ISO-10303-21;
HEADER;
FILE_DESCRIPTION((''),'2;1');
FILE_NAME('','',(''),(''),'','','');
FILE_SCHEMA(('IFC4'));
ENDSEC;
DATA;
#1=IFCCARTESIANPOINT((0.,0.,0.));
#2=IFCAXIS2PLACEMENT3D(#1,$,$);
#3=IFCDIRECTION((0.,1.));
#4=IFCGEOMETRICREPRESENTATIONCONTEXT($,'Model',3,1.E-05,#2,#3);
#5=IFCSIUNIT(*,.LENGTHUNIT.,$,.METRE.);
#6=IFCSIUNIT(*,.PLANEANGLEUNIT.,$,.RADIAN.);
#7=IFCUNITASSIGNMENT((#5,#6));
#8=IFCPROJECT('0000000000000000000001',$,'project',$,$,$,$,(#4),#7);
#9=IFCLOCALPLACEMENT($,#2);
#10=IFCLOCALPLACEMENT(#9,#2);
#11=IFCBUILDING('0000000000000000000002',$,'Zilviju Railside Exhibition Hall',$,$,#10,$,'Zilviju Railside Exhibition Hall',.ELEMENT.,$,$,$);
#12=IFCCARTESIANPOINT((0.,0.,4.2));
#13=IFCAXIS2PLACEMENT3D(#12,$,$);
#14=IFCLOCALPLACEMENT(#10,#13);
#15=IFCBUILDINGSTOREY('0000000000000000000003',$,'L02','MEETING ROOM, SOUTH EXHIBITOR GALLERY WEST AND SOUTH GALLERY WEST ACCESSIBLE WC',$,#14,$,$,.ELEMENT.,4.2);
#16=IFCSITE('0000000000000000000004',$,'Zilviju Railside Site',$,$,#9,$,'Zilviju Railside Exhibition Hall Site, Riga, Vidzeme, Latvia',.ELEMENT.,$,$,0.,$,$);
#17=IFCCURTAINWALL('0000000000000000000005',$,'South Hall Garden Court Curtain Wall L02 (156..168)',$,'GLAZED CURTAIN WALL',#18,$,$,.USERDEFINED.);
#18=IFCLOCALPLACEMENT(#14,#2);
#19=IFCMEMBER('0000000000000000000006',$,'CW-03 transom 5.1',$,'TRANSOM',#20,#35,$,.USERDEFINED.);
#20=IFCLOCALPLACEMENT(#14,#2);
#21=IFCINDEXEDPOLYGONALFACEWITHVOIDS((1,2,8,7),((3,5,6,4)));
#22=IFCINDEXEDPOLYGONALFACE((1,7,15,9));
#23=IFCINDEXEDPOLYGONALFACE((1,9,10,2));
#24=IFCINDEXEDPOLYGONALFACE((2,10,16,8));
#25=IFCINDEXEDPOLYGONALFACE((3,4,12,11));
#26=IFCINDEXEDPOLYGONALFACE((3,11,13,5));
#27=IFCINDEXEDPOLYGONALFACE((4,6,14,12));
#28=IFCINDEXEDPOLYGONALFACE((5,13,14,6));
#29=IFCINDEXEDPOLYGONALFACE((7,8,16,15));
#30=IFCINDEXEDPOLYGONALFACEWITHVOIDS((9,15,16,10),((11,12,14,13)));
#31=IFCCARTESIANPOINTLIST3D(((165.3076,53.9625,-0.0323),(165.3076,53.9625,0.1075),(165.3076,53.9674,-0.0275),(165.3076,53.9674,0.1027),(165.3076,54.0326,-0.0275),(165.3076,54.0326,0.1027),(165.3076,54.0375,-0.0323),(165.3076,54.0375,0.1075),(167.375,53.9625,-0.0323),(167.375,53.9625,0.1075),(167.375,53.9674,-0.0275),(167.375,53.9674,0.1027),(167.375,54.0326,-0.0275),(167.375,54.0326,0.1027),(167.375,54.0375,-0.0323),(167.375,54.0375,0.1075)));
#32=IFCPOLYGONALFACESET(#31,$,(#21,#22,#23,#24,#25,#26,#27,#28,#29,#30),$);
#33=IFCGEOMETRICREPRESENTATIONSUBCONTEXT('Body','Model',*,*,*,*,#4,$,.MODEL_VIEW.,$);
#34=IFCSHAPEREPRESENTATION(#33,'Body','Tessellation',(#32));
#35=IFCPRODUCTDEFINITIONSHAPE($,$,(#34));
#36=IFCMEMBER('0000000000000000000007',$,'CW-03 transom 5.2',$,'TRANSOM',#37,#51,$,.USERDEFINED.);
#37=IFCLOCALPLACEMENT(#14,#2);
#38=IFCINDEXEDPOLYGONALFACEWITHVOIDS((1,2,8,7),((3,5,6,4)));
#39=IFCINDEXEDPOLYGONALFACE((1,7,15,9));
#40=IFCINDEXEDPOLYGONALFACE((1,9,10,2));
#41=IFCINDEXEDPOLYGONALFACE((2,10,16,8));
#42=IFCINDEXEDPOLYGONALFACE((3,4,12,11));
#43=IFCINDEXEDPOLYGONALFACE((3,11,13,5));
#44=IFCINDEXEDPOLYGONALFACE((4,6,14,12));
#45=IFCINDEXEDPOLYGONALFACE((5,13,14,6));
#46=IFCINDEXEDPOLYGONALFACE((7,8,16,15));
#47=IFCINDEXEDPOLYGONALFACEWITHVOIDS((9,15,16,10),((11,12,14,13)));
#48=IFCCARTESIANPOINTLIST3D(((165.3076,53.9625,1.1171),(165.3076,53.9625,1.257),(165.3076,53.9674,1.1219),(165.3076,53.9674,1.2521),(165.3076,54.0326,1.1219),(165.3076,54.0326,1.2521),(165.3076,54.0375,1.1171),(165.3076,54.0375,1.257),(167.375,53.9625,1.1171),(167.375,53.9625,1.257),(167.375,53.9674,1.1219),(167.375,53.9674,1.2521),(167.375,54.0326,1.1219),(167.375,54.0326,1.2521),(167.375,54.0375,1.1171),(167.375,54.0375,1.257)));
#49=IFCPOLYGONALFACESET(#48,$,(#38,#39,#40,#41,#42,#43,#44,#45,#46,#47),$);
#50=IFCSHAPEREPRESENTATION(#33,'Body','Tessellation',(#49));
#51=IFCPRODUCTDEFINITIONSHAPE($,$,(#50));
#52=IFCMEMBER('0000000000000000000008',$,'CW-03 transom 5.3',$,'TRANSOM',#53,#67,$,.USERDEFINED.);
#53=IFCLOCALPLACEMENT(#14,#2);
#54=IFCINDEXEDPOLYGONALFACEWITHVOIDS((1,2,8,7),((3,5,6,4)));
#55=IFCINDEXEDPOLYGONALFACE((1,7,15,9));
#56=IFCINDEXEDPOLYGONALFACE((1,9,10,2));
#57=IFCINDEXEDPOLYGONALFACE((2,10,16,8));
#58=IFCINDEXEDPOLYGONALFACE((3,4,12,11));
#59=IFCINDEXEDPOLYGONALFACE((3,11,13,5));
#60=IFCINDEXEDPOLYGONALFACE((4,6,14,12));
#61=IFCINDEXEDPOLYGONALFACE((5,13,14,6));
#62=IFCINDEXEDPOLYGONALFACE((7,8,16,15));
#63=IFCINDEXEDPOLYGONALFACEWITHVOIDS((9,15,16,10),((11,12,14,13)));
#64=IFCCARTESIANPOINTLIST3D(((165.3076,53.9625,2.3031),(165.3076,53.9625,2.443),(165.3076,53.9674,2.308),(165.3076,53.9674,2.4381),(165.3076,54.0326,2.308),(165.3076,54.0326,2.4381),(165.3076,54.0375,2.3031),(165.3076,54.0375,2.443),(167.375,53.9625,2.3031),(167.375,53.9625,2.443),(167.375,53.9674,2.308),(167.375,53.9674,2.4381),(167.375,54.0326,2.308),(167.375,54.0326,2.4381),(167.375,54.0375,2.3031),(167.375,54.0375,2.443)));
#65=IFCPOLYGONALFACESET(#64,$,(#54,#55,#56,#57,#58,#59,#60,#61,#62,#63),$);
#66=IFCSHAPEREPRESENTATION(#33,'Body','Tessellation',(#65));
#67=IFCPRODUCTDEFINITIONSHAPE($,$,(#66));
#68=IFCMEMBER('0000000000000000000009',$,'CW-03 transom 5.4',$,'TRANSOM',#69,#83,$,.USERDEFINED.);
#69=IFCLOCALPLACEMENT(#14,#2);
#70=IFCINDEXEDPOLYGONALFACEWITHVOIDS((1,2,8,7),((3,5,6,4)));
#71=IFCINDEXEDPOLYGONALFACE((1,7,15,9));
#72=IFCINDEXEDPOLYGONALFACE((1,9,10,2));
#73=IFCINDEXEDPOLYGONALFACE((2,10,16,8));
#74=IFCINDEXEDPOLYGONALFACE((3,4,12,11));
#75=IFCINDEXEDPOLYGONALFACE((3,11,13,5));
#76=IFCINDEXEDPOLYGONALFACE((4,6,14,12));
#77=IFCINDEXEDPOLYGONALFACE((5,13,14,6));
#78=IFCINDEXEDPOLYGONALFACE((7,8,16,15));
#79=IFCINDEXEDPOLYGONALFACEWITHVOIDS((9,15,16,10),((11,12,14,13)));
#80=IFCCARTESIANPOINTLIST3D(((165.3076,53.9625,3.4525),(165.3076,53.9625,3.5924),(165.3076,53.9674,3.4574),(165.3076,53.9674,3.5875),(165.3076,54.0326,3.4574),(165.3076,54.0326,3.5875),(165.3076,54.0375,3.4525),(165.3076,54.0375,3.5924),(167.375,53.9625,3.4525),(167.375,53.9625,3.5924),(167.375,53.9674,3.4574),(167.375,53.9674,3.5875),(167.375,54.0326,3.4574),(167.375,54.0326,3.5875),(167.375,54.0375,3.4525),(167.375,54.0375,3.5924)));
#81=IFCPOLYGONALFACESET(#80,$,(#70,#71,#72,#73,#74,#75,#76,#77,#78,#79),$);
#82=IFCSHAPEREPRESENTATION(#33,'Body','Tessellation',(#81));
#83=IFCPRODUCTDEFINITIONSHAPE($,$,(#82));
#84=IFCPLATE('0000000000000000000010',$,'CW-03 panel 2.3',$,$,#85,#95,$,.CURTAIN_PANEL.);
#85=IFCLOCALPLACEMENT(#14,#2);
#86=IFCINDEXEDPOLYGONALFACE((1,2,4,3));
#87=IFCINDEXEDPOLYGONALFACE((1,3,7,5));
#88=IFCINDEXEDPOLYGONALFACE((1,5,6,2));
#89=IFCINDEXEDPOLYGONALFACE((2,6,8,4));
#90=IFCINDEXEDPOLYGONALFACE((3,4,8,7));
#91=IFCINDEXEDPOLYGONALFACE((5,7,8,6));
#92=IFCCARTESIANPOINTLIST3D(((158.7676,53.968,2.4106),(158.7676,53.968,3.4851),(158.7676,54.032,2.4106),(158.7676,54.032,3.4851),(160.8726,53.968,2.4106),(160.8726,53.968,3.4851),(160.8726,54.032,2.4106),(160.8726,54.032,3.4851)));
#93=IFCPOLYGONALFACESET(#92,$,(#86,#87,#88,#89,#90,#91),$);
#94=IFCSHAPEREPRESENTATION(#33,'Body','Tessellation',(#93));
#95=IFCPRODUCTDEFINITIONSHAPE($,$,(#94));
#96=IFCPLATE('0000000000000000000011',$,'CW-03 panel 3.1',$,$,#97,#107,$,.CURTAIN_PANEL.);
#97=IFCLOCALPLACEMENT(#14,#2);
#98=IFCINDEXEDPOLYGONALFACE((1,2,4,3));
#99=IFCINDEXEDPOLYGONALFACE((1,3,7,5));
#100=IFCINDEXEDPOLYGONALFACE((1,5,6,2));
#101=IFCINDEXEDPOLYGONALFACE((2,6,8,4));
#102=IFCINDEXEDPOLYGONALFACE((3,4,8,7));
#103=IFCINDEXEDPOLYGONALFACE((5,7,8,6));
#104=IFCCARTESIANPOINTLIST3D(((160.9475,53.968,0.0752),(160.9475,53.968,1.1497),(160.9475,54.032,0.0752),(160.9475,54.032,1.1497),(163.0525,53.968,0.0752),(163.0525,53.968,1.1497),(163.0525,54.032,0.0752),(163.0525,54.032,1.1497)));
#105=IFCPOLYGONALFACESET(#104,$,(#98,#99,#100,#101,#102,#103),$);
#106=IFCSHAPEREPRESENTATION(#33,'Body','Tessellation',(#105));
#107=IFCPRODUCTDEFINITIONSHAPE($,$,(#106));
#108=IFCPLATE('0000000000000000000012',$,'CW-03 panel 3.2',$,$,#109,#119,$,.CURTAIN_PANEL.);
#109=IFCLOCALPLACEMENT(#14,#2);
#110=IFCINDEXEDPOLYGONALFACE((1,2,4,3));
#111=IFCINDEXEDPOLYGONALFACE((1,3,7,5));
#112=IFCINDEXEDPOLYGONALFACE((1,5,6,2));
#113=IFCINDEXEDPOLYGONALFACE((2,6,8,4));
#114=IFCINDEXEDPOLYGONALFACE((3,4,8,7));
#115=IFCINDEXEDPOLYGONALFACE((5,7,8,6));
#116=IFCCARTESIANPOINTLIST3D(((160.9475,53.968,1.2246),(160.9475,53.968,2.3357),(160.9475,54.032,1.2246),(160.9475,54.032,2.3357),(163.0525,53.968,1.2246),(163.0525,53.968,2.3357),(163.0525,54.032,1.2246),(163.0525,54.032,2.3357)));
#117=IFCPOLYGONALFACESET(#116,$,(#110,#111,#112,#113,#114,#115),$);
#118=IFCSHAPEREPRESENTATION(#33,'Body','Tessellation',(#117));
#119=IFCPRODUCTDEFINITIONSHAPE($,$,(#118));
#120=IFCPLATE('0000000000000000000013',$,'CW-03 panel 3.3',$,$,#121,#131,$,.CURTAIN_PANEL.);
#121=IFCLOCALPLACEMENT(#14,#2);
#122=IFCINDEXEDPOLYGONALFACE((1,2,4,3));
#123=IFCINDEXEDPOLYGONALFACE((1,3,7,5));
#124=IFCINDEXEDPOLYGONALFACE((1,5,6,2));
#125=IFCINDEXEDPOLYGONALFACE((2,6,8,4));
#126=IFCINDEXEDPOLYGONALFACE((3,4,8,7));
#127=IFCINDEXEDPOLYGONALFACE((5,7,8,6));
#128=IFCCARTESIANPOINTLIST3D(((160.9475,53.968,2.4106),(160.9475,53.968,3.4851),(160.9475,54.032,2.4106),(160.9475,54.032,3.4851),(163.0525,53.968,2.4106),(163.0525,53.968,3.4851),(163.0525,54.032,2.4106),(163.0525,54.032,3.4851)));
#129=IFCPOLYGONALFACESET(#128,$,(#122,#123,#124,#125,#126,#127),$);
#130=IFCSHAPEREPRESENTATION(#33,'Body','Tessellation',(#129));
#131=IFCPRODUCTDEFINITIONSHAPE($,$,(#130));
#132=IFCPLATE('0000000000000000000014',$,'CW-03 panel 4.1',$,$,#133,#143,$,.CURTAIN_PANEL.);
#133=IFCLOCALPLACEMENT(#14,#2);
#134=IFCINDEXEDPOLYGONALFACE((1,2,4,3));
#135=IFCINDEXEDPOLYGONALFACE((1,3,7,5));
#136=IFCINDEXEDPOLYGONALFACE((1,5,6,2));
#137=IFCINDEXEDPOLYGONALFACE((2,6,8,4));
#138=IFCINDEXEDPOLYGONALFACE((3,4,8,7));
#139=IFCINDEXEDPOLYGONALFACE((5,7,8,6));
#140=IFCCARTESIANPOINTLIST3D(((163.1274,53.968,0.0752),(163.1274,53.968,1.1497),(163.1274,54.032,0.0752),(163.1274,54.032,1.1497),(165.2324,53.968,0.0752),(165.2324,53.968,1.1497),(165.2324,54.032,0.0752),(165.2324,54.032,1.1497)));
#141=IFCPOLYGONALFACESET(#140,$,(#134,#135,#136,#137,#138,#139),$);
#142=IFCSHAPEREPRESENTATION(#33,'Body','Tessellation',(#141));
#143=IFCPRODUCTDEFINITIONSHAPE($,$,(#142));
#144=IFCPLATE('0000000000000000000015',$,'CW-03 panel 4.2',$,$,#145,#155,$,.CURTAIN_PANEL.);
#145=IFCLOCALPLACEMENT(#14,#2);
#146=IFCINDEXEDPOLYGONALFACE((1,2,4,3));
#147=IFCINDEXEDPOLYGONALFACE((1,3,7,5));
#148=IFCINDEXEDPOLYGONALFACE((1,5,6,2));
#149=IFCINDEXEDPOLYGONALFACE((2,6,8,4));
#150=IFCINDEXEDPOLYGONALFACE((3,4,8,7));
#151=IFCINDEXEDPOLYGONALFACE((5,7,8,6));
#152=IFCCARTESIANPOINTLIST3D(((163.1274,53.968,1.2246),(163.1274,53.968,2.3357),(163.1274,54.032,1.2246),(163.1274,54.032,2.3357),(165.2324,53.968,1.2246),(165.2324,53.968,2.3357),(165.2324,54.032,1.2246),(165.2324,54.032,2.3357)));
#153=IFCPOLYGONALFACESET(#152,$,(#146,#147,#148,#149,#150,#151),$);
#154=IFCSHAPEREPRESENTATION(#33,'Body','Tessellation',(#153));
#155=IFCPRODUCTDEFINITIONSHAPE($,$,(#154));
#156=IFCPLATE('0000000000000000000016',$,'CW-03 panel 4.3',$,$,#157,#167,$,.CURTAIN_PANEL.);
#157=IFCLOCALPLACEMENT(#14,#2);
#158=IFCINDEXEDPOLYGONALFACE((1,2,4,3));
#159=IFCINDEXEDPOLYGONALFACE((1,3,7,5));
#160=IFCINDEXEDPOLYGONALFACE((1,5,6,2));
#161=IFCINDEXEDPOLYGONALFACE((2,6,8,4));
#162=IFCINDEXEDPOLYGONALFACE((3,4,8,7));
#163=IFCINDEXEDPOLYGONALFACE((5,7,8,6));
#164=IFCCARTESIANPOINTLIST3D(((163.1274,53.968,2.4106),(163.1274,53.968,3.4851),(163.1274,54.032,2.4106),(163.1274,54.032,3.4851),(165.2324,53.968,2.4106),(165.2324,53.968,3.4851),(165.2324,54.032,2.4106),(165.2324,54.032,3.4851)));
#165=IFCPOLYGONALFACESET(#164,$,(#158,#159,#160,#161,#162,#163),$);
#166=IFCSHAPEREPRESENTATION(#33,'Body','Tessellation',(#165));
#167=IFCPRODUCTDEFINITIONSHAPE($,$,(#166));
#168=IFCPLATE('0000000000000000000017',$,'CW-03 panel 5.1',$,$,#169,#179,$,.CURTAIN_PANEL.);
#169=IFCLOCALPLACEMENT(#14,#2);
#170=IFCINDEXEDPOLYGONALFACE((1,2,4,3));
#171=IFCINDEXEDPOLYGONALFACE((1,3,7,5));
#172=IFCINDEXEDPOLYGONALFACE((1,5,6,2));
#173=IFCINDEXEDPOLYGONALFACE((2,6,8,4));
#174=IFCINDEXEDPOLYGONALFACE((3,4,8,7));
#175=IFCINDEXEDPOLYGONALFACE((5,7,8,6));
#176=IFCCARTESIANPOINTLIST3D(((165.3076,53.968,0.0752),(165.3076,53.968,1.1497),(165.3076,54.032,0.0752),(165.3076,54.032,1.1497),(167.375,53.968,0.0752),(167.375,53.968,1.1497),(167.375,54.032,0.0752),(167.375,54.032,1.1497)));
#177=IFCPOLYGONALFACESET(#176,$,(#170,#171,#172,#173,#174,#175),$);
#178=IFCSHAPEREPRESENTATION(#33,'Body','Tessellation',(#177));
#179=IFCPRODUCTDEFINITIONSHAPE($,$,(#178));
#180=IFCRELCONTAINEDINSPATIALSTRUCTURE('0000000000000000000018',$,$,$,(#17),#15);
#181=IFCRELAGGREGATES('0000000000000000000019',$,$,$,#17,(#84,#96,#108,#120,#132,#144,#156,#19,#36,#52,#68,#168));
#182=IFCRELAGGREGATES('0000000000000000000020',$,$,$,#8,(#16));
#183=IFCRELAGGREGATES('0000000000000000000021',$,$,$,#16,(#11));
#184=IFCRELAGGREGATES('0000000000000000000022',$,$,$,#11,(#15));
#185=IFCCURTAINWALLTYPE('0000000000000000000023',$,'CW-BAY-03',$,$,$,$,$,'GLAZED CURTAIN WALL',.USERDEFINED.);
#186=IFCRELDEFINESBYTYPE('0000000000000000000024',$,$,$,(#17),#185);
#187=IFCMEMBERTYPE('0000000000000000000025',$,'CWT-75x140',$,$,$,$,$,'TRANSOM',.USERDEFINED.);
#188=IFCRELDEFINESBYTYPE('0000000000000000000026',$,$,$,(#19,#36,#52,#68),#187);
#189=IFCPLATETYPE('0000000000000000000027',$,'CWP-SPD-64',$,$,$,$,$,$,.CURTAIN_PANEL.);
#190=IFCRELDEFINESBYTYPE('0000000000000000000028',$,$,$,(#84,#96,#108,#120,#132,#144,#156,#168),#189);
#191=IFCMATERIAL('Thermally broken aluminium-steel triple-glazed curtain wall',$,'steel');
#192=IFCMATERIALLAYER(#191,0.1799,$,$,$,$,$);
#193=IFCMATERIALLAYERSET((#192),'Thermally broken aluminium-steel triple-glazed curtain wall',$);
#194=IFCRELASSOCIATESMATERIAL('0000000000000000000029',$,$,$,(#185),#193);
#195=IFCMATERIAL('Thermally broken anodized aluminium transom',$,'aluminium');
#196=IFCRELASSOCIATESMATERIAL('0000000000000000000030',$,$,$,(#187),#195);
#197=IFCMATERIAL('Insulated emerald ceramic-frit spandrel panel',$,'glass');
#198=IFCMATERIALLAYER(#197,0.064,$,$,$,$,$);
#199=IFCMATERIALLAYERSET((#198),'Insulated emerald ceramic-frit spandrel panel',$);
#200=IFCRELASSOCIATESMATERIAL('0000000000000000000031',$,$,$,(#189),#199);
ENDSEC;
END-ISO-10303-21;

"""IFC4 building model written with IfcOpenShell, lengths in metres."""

from ifc_helpers import new_model, si_unit, direction, frame, origin, origin_2d, place, context, subcontext, project, spatial, rectangle, hollow_rectangle, extrude, material, layer, layer_set, material_profile, profile_set, type_object, element, aggregate, save


model = new_model("IFC4")

# Units and contexts
model_context = context("Model", 3, precision=1e-05, world=origin(), true_north=direction((0.0, 1.0)))
body_context = subcontext(model_context, "Body", "Model", "MODEL_VIEW")
ifc_project = project(units=[si_unit("LENGTHUNIT", "METRE"), si_unit("PLANEANGLEUNIT", "RADIAN")], contexts=[model_context])

# Site, building, storey
site_placement = place(None, origin())
site = spatial("IfcSite", under=ifc_project, at=site_placement, Name="Zilviju Railside Site", LongName="Zilviju Railside Exhibition Hall Site, Riga, Vidzeme, Latvia", CompositionType="ELEMENT", RefElevation=0.0)
building_placement = place(site_placement, origin())
building = spatial("IfcBuilding", under=site, at=building_placement, Name="Zilviju Railside Exhibition Hall", LongName="Zilviju Railside Exhibition Hall", CompositionType="ELEMENT")
storey_placement = place(building_placement, frame((0.0, 0.0, 4.2)))
storey = spatial("IfcBuildingStorey", under=building, at=storey_placement, Name="L02", Description="MEETING ROOM, SOUTH EXHIBITOR GALLERY WEST AND SOUTH GALLERY WEST ACCESSIBLE WC", CompositionType="ELEMENT", Elevation=4.2)

# Curtain wall, members, plates
ifc_material_1 = material(Name="Thermally broken aluminium-steel triple-glazed curtain wall", Category="steel")
ifc_layer_1 = layer(ifc_material_1, 0.1799)
ifc_layer_set_1 = layer_set([ifc_layer_1], Name="Thermally broken aluminium-steel triple-glazed curtain wall")
curtain_wall_type = type_object("IfcCurtainWallType", Name="CW-BAY-03", ElementType="GLAZED CURTAIN WALL", PredefinedType="USERDEFINED", material=ifc_layer_set_1)
curtain_wall_placement = place(storey_placement, origin())
curtain_wall = element("IfcCurtainWall", 1, at=curtain_wall_placement, inside=storey, type_object=curtain_wall_type, Name="South Hall Garden Court Curtain Wall L02 (156..168)", ObjectType="GLAZED CURTAIN WALL", PredefinedType="USERDEFINED")
ifc_material_2 = material(Name="Thermally broken anodized aluminium transom", Category="aluminium")
ifc_material_profile_1 = material_profile(ifc_material_2, hollow_rectangle(XDim=0.075, YDim=0.1399, WallThickness=0.0049, at=origin_2d()), Name="TRANSOM 140x75x5")
ifc_profile_set_1 = profile_set([ifc_material_profile_1], Name="Thermally broken anodized aluminium transom")
member_type_1 = type_object("IfcMemberType", Name="CWT-75x140", ElementType="TRANSOM", PredefinedType="USERDEFINED", material=ifc_profile_set_1)
member_1_placement = place(storey_placement, frame((165.3076, 54.0, 0.0376), z_axis=(1.0, 0.0, 0.0), x_axis=(0.0, 1.0, 0.0)))
member_1 = element("IfcMember", 2, at=member_1_placement, type_object=member_type_1, Name="CW-03 transom 5.1", ObjectType="TRANSOM", PredefinedType="USERDEFINED", context=body_context, shape_type="SweptSolid", body=[
    extrude(hollow_rectangle(XDim=0.075, YDim=0.1399, WallThickness=0.0049, at=origin_2d()), origin(), (0.0, 0.0, 1.0), 2.0674),
])
member_2_placement = place(storey_placement, frame((165.3076, 54.0, 1.187), z_axis=(1.0, 0.0, 0.0), x_axis=(0.0, 1.0, 0.0)))
member_2 = element("IfcMember", 3, at=member_2_placement, type_object=member_type_1, Name="CW-03 transom 5.2", ObjectType="TRANSOM", PredefinedType="USERDEFINED", context=body_context, shape_type="SweptSolid", body=[
    extrude(hollow_rectangle(XDim=0.075, YDim=0.1399, WallThickness=0.0049, at=origin_2d()), origin(), (0.0, 0.0, 1.0), 2.0674),
])
member_3_placement = place(storey_placement, frame((165.3076, 54.0, 2.373), z_axis=(1.0, 0.0, 0.0), x_axis=(0.0, 1.0, 0.0)))
member_3 = element("IfcMember", 4, at=member_3_placement, type_object=member_type_1, Name="CW-03 transom 5.3", ObjectType="TRANSOM", PredefinedType="USERDEFINED", context=body_context, shape_type="SweptSolid", body=[
    extrude(hollow_rectangle(XDim=0.075, YDim=0.1399, WallThickness=0.0049, at=origin_2d()), origin(), (0.0, 0.0, 1.0), 2.0674),
])
member_4_placement = place(storey_placement, frame((165.3076, 54.0, 3.5225), z_axis=(1.0, 0.0, 0.0), x_axis=(0.0, 1.0, 0.0)))
member_4 = element("IfcMember", 5, at=member_4_placement, type_object=member_type_1, Name="CW-03 transom 5.4", ObjectType="TRANSOM", PredefinedType="USERDEFINED", context=body_context, shape_type="SweptSolid", body=[
    extrude(hollow_rectangle(XDim=0.075, YDim=0.1399, WallThickness=0.0049, at=origin_2d()), origin(), (0.0, 0.0, 1.0), 2.0674),
])
ifc_material_3 = material(Name="Insulated emerald ceramic-frit spandrel panel", Category="glass")
ifc_layer_2 = layer(ifc_material_3, 0.064)
ifc_layer_set_2 = layer_set([ifc_layer_2], Name="Insulated emerald ceramic-frit spandrel panel")
plate_type = type_object("IfcPlateType", Name="CWP-SPD-64", PredefinedType="CURTAIN_PANEL", material=ifc_layer_set_2)
plate_1_placement = place(storey_placement, frame((159.8201, 54.0, 2.4106), z_axis=(0.0, 0.0, 1.0), x_axis=(1.0, 0.0, 0.0)))
plate_1 = element("IfcPlate", 6, at=plate_1_placement, type_object=plate_type, Name="CW-03 panel 2.3", PredefinedType="CURTAIN_PANEL", context=body_context, shape_type="SweptSolid", body=[
    extrude(rectangle(XDim=2.105, YDim=0.064, at=origin_2d()), origin(), (0.0, 0.0, 1.0), 1.0745),
])
plate_2_placement = place(storey_placement, frame((162.0, 54.0, 0.0752), z_axis=(0.0, 0.0, 1.0), x_axis=(1.0, 0.0, 0.0)))
plate_2 = element("IfcPlate", 7, at=plate_2_placement, type_object=plate_type, Name="CW-03 panel 3.1", PredefinedType="CURTAIN_PANEL", context=body_context, shape_type="SweptSolid", body=[
    extrude(rectangle(XDim=2.105, YDim=0.064, at=origin_2d()), origin(), (0.0, 0.0, 1.0), 1.0745),
])
plate_3_placement = place(storey_placement, frame((162.0, 54.0, 1.2246), z_axis=(0.0, 0.0, 1.0), x_axis=(1.0, 0.0, 0.0)))
plate_3 = element("IfcPlate", 8, at=plate_3_placement, type_object=plate_type, Name="CW-03 panel 3.2", PredefinedType="CURTAIN_PANEL", context=body_context, shape_type="SweptSolid", body=[
    extrude(rectangle(XDim=2.105, YDim=0.064, at=origin_2d()), origin(), (0.0, 0.0, 1.0), 1.1111),
])
plate_4_placement = place(storey_placement, frame((162.0, 54.0, 2.4106), z_axis=(0.0, 0.0, 1.0), x_axis=(1.0, 0.0, 0.0)))
plate_4 = element("IfcPlate", 9, at=plate_4_placement, type_object=plate_type, Name="CW-03 panel 3.3", PredefinedType="CURTAIN_PANEL", context=body_context, shape_type="SweptSolid", body=[
    extrude(rectangle(XDim=2.105, YDim=0.064, at=origin_2d()), origin(), (0.0, 0.0, 1.0), 1.0745),
])
plate_5_placement = place(storey_placement, frame((164.1799, 54.0, 0.0752), z_axis=(0.0, 0.0, 1.0), x_axis=(1.0, 0.0, 0.0)))
plate_5 = element("IfcPlate", 10, at=plate_5_placement, type_object=plate_type, Name="CW-03 panel 4.1", PredefinedType="CURTAIN_PANEL", context=body_context, shape_type="SweptSolid", body=[
    extrude(rectangle(XDim=2.105, YDim=0.064, at=origin_2d()), origin(), (0.0, 0.0, 1.0), 1.0745),
])
plate_6_placement = place(storey_placement, frame((164.1799, 54.0, 1.2246), z_axis=(0.0, 0.0, 1.0), x_axis=(1.0, 0.0, 0.0)))
plate_6 = element("IfcPlate", 11, at=plate_6_placement, type_object=plate_type, Name="CW-03 panel 4.2", PredefinedType="CURTAIN_PANEL", context=body_context, shape_type="SweptSolid", body=[
    extrude(rectangle(XDim=2.105, YDim=0.064, at=origin_2d()), origin(), (0.0, 0.0, 1.0), 1.1111),
])
plate_7_placement = place(storey_placement, frame((164.1799, 54.0, 2.4106), z_axis=(0.0, 0.0, 1.0), x_axis=(1.0, 0.0, 0.0)))
plate_7 = element("IfcPlate", 12, at=plate_7_placement, type_object=plate_type, Name="CW-03 panel 4.3", PredefinedType="CURTAIN_PANEL", context=body_context, shape_type="SweptSolid", body=[
    extrude(rectangle(XDim=2.105, YDim=0.064, at=origin_2d()), origin(), (0.0, 0.0, 1.0), 1.0745),
])
plate_8_placement = place(storey_placement, frame((166.3413, 54.0, 0.0752), z_axis=(0.0, 0.0, 1.0), x_axis=(1.0, 0.0, 0.0)))
plate_8 = element("IfcPlate", 13, at=plate_8_placement, type_object=plate_type, Name="CW-03 panel 5.1", PredefinedType="CURTAIN_PANEL", context=body_context, shape_type="SweptSolid", body=[
    extrude(rectangle(XDim=2.0674, YDim=0.064, at=origin_2d()), origin(), (0.0, 0.0, 1.0), 1.0745),
])
aggregate(curtain_wall, [plate_1, plate_2, plate_3, plate_4, plate_5, plate_6, plate_7, member_1, member_2, member_3, member_4, plate_8])

save(model, "model.ifc")
